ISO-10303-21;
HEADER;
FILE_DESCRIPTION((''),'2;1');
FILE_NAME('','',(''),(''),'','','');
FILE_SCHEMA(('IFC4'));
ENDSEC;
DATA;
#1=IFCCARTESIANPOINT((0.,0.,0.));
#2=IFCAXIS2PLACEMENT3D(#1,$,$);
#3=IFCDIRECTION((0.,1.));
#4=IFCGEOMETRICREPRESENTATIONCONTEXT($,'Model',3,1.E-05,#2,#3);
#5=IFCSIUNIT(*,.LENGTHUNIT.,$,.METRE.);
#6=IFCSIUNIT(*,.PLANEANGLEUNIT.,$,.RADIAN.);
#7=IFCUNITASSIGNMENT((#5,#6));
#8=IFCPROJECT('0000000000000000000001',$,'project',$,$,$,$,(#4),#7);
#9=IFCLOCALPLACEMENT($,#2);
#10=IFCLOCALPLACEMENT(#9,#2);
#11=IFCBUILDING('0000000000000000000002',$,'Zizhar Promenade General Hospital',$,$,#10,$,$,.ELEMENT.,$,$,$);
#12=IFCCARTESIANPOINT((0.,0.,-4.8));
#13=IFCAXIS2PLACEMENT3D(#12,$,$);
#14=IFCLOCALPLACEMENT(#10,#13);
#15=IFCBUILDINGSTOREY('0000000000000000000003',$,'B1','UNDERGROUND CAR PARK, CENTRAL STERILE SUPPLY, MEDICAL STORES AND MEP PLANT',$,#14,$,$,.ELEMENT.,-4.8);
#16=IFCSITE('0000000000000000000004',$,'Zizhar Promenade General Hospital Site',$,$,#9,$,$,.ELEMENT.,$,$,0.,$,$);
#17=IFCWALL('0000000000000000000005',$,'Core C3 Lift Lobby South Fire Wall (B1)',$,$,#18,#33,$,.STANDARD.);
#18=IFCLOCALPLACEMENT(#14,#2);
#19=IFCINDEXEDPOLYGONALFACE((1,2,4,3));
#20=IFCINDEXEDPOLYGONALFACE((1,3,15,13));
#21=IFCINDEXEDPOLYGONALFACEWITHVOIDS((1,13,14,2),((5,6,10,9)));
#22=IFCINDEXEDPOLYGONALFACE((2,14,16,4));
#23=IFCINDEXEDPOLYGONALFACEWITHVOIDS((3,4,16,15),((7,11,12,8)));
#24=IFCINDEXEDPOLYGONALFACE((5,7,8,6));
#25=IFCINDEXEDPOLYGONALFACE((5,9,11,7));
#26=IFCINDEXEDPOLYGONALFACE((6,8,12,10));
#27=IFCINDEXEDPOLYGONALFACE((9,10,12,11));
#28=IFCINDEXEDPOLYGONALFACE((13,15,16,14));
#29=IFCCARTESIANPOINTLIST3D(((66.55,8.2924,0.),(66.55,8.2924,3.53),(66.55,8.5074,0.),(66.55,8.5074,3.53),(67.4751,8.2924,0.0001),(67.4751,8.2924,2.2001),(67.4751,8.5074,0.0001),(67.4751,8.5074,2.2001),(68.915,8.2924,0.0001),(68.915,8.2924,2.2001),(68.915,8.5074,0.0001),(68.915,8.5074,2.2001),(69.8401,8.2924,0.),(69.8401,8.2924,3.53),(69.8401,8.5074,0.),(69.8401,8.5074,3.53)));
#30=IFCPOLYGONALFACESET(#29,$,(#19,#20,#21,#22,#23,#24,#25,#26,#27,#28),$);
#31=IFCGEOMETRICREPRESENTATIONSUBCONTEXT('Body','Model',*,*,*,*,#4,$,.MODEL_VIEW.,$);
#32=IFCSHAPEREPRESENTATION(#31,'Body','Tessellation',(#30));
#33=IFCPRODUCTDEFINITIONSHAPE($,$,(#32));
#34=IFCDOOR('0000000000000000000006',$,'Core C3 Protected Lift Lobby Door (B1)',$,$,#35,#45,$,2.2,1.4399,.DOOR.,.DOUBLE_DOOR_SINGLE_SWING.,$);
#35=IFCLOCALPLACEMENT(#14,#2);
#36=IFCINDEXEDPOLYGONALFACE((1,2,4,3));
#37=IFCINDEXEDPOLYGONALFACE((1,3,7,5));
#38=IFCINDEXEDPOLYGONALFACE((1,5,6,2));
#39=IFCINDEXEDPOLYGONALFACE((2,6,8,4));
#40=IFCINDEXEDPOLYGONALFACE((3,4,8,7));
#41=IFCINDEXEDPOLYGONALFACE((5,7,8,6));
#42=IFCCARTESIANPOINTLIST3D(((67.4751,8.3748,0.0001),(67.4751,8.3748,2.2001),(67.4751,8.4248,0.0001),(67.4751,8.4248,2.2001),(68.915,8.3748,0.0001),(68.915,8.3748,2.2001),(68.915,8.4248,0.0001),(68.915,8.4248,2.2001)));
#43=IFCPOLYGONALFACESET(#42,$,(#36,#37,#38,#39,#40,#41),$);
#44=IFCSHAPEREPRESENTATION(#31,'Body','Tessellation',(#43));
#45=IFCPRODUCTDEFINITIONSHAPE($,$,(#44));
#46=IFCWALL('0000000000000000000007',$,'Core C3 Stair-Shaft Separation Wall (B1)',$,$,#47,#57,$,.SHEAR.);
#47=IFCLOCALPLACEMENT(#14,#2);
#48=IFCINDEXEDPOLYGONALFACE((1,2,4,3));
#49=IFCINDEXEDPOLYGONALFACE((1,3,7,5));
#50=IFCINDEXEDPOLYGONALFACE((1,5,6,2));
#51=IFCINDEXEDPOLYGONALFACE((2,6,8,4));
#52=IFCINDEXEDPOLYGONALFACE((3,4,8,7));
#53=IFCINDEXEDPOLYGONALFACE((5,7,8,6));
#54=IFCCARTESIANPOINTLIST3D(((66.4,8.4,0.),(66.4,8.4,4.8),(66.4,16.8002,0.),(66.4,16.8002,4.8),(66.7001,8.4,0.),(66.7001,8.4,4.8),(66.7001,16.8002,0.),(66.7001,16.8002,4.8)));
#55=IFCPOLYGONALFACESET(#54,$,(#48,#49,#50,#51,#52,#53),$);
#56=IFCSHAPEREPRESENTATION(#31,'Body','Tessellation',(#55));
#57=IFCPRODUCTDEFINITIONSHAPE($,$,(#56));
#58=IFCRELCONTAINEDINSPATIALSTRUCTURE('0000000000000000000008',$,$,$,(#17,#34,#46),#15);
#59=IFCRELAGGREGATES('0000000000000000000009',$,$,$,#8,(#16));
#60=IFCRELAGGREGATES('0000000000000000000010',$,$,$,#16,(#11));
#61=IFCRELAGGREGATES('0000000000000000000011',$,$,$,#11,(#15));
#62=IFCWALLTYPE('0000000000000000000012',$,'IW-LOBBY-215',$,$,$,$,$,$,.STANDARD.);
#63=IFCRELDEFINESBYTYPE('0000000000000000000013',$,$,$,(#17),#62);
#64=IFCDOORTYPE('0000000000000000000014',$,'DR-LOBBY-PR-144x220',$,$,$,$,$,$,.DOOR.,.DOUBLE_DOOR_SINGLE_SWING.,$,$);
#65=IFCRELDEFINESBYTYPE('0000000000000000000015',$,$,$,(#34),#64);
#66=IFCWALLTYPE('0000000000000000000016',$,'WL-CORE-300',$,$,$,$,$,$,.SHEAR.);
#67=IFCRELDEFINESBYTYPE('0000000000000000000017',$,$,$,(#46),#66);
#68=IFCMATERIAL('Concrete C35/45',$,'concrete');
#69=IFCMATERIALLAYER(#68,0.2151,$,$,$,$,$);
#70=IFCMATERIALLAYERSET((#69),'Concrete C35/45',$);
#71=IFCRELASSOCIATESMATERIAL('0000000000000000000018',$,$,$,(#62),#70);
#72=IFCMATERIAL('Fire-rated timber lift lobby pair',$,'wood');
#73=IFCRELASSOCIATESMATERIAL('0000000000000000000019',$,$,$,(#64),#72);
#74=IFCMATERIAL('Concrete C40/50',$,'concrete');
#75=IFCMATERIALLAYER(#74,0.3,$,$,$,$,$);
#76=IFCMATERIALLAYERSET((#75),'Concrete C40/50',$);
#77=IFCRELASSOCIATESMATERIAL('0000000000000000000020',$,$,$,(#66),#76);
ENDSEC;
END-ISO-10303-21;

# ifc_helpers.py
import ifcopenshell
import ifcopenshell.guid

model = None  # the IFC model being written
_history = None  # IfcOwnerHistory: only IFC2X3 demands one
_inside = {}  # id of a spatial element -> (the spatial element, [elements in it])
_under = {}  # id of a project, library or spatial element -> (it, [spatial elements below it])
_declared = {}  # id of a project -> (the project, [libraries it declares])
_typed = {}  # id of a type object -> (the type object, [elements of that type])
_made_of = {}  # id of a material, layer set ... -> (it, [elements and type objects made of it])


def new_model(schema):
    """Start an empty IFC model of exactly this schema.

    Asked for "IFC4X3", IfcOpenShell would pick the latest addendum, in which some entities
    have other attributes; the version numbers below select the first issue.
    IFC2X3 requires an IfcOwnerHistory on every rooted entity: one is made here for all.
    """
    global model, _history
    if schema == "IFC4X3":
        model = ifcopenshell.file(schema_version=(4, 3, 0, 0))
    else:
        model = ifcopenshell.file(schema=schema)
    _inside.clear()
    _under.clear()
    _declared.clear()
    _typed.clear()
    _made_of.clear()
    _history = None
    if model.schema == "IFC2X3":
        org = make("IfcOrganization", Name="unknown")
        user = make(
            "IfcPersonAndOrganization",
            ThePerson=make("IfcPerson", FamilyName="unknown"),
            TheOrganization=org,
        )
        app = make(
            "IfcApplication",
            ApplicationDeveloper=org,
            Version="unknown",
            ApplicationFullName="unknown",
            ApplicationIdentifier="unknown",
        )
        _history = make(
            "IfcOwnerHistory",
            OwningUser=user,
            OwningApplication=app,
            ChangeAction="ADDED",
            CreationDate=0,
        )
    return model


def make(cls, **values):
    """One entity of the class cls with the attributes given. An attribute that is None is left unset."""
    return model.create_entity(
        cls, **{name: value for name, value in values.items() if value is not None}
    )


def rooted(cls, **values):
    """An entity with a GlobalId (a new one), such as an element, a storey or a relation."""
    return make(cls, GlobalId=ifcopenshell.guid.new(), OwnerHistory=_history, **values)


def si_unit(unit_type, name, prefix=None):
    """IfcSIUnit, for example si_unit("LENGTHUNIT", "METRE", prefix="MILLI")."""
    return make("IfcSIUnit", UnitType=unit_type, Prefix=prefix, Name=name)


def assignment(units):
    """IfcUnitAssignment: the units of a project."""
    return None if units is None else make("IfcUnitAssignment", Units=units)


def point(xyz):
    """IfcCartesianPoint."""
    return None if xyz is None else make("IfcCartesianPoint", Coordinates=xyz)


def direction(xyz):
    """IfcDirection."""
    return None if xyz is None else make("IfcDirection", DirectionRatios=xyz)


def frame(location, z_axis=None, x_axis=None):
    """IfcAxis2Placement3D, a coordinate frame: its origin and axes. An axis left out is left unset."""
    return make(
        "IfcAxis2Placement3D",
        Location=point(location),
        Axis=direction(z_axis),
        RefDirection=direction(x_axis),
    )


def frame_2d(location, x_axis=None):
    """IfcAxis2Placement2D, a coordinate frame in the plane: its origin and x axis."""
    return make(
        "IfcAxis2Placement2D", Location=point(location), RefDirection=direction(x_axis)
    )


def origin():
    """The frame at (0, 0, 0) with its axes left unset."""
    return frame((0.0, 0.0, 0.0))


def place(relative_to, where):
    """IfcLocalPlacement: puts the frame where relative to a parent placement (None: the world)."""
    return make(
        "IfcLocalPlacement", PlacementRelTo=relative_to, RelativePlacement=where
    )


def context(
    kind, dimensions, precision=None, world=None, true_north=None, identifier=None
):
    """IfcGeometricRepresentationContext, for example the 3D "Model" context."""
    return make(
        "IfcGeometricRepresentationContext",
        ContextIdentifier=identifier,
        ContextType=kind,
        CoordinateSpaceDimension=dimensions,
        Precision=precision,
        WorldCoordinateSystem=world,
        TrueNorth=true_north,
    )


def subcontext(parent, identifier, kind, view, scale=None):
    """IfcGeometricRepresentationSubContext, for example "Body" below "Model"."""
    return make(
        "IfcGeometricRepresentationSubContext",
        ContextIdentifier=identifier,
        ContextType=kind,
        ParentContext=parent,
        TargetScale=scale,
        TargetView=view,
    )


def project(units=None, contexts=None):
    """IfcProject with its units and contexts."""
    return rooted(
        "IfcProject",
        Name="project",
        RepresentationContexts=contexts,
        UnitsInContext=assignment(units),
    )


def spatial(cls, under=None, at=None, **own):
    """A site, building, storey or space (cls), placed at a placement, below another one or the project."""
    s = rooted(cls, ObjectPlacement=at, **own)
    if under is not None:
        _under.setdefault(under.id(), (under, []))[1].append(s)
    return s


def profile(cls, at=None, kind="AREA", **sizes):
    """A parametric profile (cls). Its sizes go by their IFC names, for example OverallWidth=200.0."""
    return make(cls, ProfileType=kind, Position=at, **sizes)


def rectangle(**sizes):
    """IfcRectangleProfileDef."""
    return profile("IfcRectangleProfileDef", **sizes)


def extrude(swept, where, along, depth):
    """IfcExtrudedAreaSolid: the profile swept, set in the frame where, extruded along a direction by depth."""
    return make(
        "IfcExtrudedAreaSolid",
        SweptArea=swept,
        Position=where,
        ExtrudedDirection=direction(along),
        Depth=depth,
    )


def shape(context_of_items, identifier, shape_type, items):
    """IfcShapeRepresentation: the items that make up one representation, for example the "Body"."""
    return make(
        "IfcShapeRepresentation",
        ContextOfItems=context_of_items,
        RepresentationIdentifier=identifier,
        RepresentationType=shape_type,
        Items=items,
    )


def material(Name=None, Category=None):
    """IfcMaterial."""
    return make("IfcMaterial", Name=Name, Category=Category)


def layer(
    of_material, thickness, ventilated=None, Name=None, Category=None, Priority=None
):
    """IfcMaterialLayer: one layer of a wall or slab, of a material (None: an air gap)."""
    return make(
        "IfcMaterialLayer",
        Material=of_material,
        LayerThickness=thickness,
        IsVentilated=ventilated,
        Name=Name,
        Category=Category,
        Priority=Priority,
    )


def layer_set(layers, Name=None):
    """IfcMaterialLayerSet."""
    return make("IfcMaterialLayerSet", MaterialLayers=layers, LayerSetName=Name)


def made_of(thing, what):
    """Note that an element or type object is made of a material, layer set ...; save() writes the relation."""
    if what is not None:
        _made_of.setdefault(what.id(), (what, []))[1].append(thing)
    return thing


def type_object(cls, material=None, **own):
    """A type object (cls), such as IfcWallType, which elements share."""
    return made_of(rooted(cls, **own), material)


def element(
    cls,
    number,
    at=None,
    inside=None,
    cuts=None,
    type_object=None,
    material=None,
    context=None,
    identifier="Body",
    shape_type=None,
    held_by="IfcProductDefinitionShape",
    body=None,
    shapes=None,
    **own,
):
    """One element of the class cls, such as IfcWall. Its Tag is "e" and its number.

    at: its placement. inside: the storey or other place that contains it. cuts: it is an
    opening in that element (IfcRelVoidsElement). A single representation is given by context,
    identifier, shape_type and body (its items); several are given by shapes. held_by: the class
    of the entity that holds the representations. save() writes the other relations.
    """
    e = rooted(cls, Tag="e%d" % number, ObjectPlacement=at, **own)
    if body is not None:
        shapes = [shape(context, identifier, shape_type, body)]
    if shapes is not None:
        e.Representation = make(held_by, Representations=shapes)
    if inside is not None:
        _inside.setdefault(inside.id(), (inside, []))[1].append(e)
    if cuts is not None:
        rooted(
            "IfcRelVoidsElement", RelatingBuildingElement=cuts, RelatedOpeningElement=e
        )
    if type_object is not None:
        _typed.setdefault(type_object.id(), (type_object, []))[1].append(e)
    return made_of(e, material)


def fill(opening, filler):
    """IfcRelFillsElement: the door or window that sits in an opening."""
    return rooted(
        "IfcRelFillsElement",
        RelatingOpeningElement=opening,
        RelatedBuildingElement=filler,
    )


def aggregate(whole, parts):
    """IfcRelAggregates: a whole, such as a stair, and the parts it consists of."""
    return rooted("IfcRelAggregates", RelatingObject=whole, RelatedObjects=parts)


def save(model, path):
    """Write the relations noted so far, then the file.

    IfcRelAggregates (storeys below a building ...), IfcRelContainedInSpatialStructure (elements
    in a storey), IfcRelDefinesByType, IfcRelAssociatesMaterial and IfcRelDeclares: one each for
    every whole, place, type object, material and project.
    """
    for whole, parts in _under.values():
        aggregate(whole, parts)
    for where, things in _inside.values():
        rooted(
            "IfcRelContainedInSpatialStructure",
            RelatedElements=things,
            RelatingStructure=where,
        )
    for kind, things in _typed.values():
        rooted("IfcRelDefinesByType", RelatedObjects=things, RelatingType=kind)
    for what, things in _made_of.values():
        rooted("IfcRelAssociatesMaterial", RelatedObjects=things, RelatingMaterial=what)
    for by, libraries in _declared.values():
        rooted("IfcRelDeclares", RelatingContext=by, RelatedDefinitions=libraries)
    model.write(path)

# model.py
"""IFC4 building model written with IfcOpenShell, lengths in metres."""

from ifc_helpers import new_model, si_unit, direction, frame, frame_2d, origin, place, context, subcontext, project, spatial, rectangle, extrude, material, layer, layer_set, type_object, element, fill, save


model = new_model("IFC4")

# Units and contexts
model_context = context("Model", 3, precision=1e-05, world=origin(), true_north=direction((0.0, 1.0)))
body_context = subcontext(model_context, "Body", "Model", "MODEL_VIEW")
ifc_project = project(units=[si_unit("LENGTHUNIT", "METRE"), si_unit("PLANEANGLEUNIT", "RADIAN")], contexts=[model_context])

# Site, building, storey
site_placement = place(None, origin())
site = spatial("IfcSite", under=ifc_project, at=site_placement, Name="Zizhar Promenade General Hospital Site", CompositionType="ELEMENT", RefElevation=0.0)
building_placement = place(site_placement, origin())
building = spatial("IfcBuilding", under=site, at=building_placement, Name="Zizhar Promenade General Hospital", CompositionType="ELEMENT")
storey_placement = place(building_placement, frame((0.0, 0.0, -4.8)))
storey = spatial("IfcBuildingStorey", under=building, at=storey_placement, Name="B1", Description="UNDERGROUND CAR PARK, CENTRAL STERILE SUPPLY, MEDICAL STORES AND MEP PLANT", CompositionType="ELEMENT", Elevation=-4.8)

# Wall, opening, door
ifc_material_1 = material(Name="Concrete C35/45", Category="concrete")
ifc_layer_1 = layer(ifc_material_1, 0.2151)
ifc_layer_set_1 = layer_set([ifc_layer_1], Name="Concrete C35/45")
wall_type_1 = type_object("IfcWallType", Name="IW-LOBBY-215", PredefinedType="STANDARD", material=ifc_layer_set_1)
wall_1_placement = place(storey_placement, frame((66.55, 8.3999, 0.0), z_axis=(0.0, 0.0, 1.0), x_axis=(1.0, 0.0, 0.0)))
wall_1 = element("IfcWall", 1, at=wall_1_placement, inside=storey, type_object=wall_type_1, Name="Core C3 Lift Lobby South Fire Wall (B1)", PredefinedType="STANDARD", context=body_context, shape_type="SweptSolid", body=[
    extrude(rectangle(XDim=3.29, YDim=0.2151, at=frame_2d((1.645, 0.0))), origin(), (0.0, 0.0, 1.0), 3.53),
])
opening_1_placement = place(wall_1_placement, frame((0.925, 0.0, 0.0)))
opening_1 = element("IfcOpeningElement", 2, at=opening_1_placement, cuts=wall_1, PredefinedType="OPENING", context=body_context, shape_type="SweptSolid", body=[
    extrude(rectangle(XDim=1.4399, YDim=2.2, at=frame_2d((0.72, 1.1001))), frame((0.0, 0.1177, 0.0), z_axis=(0.0, -1.0, 0.0), x_axis=(1.0, 0.0, 0.0)), (0.0, 0.0, 1.0), 0.2351),
])
ifc_material_2 = material(Name="Fire-rated timber lift lobby pair", Category="wood")
door_type_1 = type_object("IfcDoorType", Name="DR-LOBBY-PR-144x220", OperationType="DOUBLE_DOOR_SINGLE_SWING", PredefinedType="DOOR", material=ifc_material_2)
door_1_placement = place(opening_1_placement, origin())
door_1 = element("IfcDoor", 3, at=door_1_placement, inside=storey, type_object=door_type_1, Name="Core C3 Protected Lift Lobby Door (B1)", OperationType="DOUBLE_DOOR_SINGLE_SWING", OverallHeight=2.2, OverallWidth=1.4399, PredefinedType="DOOR", context=body_context, shape_type="SweptSolid", body=[
    extrude(rectangle(XDim=1.4399, YDim=2.2, at=frame_2d((0.72, 1.1001))), frame((0.0, 0.0249, 0.0), z_axis=(0.0, -1.0, 0.0), x_axis=(1.0, 0.0, 0.0)), (0.0, 0.0, 1.0), 0.05),
])
fill(opening_1, door_1)

# Wall
ifc_material_3 = material(Name="Concrete C40/50", Category="concrete")
ifc_layer_2 = layer(ifc_material_3, 0.3)
ifc_layer_set_2 = layer_set([ifc_layer_2], Name="Concrete C40/50")
wall_type_2 = type_object("IfcWallType", Name="WL-CORE-300", PredefinedType="SHEAR", material=ifc_layer_set_2)
wall_2_placement = place(storey_placement, frame((66.55, 8.3999, 0.0), z_axis=(0.0, 0.0, 1.0), x_axis=(0.0, 1.0, 0.0)))
element("IfcWall", 4, at=wall_2_placement, inside=storey, type_object=wall_type_2, Name="Core C3 Stair-Shaft Separation Wall (B1)", PredefinedType="SHEAR", context=body_context, shape_type="SweptSolid", body=[
    extrude(rectangle(XDim=8.4001, YDim=0.3, at=frame_2d((4.2002, 0.0))), origin(), (0.0, 0.0, 1.0), 4.8),
])

save(model, "model.ifc")
